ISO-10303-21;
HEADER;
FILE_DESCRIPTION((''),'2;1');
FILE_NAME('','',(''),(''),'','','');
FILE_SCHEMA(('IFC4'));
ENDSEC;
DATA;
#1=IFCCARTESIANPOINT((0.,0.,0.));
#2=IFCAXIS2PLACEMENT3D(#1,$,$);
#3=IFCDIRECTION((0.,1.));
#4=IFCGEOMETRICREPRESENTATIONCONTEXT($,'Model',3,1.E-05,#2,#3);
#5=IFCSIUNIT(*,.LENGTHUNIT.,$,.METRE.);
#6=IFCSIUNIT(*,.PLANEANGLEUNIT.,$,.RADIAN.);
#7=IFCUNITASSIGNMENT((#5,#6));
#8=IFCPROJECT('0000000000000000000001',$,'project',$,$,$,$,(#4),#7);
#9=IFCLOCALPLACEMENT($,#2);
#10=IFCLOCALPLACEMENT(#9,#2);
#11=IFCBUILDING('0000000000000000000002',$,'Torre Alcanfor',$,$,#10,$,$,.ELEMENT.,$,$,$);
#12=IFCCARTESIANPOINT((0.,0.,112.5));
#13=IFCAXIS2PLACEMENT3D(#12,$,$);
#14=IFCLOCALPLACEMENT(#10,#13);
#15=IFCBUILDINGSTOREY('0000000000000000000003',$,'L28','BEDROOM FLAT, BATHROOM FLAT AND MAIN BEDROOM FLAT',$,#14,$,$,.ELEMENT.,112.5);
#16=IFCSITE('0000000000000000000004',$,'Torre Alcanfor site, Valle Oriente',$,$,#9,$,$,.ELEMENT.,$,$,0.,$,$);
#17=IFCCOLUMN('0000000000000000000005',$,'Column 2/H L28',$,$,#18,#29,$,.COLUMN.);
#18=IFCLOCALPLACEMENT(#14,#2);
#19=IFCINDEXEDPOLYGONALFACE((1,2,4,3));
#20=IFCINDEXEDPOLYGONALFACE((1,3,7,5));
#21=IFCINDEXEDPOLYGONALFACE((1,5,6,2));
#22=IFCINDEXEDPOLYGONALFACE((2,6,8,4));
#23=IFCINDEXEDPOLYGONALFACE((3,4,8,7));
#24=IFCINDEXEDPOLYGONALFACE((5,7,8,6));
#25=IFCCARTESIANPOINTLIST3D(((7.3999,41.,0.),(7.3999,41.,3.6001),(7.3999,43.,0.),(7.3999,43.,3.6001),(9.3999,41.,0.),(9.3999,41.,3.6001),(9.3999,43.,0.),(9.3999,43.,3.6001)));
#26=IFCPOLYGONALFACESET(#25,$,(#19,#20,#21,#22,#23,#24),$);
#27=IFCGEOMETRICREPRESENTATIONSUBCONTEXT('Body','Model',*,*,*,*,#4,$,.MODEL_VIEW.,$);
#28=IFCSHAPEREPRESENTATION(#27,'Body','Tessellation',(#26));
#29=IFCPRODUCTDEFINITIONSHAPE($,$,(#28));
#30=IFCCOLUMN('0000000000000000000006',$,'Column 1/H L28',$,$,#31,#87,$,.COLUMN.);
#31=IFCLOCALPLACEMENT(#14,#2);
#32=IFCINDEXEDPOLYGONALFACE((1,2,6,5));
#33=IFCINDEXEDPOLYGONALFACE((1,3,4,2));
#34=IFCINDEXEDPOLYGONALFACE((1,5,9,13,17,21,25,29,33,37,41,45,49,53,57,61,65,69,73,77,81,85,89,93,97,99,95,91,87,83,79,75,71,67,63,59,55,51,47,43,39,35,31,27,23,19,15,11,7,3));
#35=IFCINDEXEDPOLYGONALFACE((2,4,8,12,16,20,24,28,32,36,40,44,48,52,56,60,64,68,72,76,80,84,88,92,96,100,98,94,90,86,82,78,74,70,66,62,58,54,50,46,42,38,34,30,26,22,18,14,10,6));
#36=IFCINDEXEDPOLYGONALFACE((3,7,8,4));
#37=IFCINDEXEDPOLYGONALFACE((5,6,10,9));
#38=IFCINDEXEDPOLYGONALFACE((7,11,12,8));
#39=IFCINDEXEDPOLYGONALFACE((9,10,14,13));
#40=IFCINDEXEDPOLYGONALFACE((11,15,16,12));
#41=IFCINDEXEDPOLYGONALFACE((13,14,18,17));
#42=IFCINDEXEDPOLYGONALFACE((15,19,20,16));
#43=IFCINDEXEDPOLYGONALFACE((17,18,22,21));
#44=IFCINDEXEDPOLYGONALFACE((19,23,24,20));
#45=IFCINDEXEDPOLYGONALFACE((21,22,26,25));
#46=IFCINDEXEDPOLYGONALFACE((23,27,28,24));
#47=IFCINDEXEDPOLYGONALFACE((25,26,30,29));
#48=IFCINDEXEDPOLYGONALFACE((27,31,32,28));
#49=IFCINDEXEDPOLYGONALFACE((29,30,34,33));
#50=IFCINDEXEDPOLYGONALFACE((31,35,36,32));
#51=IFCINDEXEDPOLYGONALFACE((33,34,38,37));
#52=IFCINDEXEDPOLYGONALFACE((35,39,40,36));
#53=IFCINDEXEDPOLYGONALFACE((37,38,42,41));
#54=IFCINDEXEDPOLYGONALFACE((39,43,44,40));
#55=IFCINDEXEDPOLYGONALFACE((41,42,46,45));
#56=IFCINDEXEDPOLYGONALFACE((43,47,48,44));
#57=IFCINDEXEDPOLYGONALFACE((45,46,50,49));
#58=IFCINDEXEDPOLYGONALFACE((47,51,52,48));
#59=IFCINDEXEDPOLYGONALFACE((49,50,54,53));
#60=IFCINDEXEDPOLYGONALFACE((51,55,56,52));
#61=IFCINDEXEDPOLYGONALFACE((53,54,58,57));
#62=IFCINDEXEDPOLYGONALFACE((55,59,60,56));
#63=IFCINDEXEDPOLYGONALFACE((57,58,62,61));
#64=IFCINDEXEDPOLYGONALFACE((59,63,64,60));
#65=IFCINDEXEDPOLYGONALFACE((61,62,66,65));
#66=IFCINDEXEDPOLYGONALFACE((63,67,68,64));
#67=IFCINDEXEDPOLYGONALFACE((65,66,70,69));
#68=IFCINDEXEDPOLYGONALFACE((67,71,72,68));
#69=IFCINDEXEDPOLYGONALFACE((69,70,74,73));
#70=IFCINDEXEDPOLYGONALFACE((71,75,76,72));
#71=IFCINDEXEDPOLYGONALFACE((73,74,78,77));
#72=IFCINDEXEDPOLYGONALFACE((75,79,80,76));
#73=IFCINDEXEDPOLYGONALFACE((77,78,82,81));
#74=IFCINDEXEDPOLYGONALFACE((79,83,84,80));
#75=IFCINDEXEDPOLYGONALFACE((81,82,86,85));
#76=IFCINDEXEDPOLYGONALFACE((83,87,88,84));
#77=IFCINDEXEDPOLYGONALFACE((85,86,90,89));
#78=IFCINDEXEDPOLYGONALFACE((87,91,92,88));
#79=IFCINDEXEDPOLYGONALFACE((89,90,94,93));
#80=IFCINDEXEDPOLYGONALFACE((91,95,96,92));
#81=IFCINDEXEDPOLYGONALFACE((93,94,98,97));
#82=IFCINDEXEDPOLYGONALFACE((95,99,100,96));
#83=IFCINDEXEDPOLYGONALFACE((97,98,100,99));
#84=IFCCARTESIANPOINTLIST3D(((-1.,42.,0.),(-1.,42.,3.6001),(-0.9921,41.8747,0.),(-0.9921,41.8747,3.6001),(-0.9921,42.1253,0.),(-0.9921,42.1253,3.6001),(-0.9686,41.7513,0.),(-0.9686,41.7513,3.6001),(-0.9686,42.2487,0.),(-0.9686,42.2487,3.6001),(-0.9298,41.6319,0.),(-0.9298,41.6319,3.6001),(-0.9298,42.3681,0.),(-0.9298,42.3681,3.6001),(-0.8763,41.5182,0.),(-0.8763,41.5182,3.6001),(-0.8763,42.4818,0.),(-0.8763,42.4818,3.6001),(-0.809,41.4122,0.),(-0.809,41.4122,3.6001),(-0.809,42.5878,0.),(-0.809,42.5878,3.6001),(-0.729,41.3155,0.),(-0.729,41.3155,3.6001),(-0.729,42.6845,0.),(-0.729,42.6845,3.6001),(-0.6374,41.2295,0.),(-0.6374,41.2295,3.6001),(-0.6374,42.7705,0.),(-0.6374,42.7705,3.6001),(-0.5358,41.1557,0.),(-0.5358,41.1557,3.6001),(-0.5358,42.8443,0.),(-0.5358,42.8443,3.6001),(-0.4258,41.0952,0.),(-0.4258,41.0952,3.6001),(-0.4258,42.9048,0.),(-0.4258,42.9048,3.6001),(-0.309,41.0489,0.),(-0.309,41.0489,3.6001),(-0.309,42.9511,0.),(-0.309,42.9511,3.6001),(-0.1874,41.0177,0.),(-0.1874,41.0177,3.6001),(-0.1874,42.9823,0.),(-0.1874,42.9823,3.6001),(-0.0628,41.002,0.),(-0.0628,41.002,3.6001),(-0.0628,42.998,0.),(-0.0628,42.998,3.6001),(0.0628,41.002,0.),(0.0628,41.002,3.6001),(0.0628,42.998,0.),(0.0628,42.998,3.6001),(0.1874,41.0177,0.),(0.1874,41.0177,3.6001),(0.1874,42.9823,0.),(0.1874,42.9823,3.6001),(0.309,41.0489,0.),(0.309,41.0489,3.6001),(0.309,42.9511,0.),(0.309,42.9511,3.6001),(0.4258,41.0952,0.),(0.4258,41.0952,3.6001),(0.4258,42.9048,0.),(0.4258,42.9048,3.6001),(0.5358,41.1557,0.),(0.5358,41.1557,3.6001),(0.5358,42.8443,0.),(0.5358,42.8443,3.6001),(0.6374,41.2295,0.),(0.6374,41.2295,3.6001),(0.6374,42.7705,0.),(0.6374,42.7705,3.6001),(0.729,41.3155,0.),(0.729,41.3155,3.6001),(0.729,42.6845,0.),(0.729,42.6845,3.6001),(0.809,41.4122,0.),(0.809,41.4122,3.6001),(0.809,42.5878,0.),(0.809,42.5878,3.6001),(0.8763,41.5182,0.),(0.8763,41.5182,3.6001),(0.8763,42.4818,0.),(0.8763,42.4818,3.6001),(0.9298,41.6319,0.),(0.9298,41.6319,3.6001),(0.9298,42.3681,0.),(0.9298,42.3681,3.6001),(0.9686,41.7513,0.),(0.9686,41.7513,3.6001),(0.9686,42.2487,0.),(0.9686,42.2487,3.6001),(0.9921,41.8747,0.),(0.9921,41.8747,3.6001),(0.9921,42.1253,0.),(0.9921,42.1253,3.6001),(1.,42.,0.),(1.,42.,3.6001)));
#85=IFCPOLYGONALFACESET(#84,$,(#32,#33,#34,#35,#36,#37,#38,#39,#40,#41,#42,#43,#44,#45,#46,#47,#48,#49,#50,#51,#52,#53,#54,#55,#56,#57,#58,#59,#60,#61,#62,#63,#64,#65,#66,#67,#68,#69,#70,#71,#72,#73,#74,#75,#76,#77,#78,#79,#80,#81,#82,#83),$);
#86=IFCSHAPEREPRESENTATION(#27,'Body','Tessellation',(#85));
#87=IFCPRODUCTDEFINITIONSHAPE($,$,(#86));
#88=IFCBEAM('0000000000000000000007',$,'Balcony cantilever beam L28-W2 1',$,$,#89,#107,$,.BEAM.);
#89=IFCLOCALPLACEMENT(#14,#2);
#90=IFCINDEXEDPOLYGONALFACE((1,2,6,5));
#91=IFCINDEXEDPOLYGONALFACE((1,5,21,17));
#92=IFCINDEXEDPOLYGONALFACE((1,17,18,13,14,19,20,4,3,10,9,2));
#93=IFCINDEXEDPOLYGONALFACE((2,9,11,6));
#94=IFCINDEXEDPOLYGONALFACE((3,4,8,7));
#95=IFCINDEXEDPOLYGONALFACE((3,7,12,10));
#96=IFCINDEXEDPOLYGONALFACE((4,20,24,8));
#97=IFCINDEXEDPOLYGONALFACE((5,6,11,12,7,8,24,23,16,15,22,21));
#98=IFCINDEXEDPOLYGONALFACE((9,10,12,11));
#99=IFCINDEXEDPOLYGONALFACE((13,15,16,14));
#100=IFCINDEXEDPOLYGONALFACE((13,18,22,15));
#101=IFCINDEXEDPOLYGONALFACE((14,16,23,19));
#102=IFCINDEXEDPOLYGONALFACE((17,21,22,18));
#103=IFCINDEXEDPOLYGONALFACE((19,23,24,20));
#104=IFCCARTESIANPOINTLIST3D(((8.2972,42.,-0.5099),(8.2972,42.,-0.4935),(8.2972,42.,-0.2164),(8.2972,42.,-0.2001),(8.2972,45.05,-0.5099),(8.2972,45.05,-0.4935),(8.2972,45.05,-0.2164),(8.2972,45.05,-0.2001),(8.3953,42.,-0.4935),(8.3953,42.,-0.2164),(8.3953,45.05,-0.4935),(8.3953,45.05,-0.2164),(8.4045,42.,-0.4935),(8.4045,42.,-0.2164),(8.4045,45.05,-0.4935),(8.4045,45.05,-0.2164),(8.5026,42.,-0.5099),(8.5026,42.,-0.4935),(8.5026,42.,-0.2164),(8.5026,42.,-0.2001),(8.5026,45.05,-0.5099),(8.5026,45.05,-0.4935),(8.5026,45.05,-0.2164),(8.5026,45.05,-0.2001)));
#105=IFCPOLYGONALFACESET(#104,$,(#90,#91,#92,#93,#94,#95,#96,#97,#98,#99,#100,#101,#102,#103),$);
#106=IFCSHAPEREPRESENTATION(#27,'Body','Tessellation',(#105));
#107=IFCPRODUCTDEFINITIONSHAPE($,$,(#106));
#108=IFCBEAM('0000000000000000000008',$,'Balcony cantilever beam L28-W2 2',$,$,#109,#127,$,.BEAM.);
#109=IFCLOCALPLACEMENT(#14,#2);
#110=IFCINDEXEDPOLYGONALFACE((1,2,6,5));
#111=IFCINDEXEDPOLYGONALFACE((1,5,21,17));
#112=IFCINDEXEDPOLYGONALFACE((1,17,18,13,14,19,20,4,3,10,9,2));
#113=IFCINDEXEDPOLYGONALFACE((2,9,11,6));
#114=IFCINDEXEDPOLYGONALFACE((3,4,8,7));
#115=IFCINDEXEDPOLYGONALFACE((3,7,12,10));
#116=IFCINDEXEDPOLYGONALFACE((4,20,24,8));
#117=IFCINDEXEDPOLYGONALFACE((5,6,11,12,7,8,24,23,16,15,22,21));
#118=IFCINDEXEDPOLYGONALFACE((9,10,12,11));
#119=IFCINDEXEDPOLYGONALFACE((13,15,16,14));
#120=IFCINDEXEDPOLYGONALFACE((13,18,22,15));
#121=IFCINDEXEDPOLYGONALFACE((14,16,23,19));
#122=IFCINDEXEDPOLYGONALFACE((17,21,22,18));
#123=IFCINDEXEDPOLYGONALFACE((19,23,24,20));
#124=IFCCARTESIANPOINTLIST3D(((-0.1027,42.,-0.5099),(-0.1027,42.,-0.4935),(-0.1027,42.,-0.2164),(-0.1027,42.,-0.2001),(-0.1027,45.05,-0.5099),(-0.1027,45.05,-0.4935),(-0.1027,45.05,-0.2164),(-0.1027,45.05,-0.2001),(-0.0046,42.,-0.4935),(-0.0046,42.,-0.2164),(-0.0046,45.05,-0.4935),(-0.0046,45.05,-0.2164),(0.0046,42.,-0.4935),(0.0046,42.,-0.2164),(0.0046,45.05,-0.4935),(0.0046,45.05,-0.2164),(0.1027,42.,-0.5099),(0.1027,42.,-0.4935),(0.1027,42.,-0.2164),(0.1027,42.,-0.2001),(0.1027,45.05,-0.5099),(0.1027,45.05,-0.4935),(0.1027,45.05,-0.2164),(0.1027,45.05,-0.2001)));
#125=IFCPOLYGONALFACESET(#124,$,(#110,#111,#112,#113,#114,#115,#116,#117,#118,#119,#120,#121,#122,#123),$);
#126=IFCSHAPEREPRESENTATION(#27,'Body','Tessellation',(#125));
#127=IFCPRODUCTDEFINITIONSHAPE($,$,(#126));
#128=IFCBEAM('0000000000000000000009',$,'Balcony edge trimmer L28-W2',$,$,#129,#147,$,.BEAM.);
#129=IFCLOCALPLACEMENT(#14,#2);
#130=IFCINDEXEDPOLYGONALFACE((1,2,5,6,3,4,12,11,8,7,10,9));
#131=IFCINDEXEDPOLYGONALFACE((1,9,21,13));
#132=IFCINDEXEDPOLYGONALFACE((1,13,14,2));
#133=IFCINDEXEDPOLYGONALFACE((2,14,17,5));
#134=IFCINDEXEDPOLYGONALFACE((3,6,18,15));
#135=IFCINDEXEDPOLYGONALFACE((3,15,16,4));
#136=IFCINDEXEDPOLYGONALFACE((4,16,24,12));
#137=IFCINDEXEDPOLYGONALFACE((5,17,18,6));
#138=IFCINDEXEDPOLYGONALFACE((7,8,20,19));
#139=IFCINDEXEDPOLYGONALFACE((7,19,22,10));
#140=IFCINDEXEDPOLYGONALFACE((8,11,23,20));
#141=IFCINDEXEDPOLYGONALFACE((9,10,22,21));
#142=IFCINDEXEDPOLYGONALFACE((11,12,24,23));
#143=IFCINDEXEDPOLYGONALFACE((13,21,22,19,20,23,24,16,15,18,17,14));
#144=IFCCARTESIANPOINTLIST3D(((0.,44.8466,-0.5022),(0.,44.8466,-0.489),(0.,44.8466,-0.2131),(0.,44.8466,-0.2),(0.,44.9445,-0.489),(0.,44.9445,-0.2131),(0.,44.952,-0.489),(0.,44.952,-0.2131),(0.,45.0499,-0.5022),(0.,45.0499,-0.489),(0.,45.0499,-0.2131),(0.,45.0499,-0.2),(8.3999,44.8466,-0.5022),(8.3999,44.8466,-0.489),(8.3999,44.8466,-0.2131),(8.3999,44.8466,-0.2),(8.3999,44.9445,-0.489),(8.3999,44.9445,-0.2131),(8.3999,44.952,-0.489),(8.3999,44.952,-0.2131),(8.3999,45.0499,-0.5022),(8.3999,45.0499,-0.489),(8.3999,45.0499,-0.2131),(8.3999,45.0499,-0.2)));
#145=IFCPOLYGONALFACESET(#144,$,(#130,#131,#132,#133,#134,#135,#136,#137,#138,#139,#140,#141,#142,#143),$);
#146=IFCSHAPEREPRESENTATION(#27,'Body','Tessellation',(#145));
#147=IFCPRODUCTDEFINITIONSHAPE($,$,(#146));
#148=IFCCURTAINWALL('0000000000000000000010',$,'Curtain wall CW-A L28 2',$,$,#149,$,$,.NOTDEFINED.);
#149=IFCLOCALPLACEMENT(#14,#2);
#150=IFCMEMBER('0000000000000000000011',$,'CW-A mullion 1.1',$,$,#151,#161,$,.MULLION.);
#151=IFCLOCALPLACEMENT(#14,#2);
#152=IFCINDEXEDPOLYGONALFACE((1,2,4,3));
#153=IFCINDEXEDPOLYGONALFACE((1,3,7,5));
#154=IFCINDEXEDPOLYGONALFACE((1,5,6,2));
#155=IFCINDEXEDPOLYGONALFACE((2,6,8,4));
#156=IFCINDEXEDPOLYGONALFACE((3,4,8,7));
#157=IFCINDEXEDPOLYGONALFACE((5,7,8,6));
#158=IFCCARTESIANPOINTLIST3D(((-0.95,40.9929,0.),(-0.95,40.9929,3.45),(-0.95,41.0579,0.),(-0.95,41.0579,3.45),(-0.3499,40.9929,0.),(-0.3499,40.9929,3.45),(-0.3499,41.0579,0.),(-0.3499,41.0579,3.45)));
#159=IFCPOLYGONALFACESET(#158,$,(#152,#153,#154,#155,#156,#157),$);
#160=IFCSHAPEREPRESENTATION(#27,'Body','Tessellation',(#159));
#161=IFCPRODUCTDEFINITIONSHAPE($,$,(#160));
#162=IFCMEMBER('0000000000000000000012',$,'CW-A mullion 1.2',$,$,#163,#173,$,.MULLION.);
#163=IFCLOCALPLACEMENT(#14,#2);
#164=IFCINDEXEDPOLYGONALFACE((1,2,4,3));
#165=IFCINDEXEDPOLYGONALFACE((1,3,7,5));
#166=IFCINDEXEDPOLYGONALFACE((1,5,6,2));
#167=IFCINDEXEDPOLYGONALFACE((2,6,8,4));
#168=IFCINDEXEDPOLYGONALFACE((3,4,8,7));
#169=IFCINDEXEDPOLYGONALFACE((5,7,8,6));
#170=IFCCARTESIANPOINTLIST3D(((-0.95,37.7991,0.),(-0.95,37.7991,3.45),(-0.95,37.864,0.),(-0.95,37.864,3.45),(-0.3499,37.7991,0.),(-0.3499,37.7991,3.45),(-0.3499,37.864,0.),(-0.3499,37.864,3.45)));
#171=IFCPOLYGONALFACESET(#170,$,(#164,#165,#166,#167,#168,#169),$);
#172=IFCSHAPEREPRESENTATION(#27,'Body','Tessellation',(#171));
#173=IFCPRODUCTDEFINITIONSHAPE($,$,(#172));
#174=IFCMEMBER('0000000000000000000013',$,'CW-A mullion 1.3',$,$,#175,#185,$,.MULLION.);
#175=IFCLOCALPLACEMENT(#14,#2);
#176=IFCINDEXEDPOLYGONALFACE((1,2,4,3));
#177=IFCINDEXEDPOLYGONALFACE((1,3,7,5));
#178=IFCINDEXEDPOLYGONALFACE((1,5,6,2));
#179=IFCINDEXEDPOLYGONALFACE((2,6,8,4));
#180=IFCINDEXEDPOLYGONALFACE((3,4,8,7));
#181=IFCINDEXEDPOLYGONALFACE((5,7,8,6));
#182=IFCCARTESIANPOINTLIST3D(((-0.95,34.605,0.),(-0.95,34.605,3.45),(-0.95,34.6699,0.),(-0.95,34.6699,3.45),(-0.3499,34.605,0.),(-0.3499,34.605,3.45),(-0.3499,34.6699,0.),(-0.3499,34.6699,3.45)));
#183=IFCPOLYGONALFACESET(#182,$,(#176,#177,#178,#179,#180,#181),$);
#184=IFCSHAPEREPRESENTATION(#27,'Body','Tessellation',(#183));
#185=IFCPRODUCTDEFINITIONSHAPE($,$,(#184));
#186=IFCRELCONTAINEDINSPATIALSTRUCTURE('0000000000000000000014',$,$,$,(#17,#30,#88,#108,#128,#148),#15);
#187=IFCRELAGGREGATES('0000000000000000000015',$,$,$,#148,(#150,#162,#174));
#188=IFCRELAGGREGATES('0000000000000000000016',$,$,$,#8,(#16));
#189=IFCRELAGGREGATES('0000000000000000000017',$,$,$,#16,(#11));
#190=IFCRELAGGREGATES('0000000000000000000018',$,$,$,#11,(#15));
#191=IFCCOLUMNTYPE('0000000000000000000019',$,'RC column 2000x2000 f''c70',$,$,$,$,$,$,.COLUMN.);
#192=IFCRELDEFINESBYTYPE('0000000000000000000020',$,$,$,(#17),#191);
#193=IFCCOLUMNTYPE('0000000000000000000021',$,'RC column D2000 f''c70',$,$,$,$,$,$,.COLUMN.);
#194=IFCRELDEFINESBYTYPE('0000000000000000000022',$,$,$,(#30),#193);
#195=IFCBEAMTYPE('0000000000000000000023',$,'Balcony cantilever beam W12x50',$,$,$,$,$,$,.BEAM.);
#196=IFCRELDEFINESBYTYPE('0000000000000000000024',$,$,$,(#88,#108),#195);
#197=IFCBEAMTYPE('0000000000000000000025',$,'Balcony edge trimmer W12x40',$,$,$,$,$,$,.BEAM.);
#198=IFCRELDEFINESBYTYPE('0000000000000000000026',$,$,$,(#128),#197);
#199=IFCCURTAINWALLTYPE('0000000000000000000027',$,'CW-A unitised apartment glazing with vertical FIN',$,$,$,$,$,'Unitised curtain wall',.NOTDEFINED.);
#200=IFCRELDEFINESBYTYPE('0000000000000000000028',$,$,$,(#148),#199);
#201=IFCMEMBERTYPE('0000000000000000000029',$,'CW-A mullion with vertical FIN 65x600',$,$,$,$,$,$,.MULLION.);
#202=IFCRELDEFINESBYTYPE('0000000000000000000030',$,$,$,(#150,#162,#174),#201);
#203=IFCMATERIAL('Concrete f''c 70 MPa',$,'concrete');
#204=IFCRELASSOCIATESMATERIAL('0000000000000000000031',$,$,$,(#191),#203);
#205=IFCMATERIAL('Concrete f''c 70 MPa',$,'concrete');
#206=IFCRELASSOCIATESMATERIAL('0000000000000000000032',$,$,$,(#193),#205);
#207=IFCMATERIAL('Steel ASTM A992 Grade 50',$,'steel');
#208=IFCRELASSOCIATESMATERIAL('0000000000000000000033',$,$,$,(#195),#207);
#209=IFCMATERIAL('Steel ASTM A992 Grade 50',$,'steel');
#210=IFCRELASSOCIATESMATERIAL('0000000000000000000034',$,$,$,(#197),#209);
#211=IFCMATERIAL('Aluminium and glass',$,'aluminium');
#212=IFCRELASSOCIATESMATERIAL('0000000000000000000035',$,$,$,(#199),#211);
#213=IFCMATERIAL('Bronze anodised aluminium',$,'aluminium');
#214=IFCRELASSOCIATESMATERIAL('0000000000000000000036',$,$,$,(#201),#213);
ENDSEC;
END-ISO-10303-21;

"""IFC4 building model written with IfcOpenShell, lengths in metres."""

from ifc_helpers import new_model, si_unit, direction, frame, origin, origin_2d, place, context, subcontext, project, spatial, rectangle, circle, i_section, extrude, material, material_profile, profile_set, type_object, element, aggregate, save


model = new_model("IFC4")

# Units and contexts
model_context = context("Model", 3, precision=1e-05, world=origin(), true_north=direction((0.0, 1.0)))
body_context = subcontext(model_context, "Body", "Model", "MODEL_VIEW")
ifc_project = project(units=[si_unit("LENGTHUNIT", "METRE"), si_unit("PLANEANGLEUNIT", "RADIAN")], contexts=[model_context])

# Site, building, storey
site_placement = place(None, origin())
site = spatial("IfcSite", under=ifc_project, at=site_placement, Name="Torre Alcanfor site, Valle Oriente", CompositionType="ELEMENT", RefElevation=0.0)
building_placement = place(site_placement, origin())
building = spatial("IfcBuilding", under=site, at=building_placement, Name="Torre Alcanfor", CompositionType="ELEMENT")
storey_placement = place(building_placement, frame((0.0, 0.0, 112.5)))
storey = spatial("IfcBuildingStorey", under=building, at=storey_placement, Name="L28", Description="BEDROOM FLAT, BATHROOM FLAT AND MAIN BEDROOM FLAT", CompositionType="ELEMENT", Elevation=112.5)

# Columns
ifc_material_1 = material(Name="Concrete f'c 70 MPa", Category="concrete")
ifc_material_profile_1 = material_profile(ifc_material_1, rectangle(XDim=2.0, YDim=2.0, at=origin_2d()), Name="2000x2000")
ifc_profile_set_1 = profile_set([ifc_material_profile_1], Name="Concrete f'c 70 MPa")
column_type_1 = type_object("IfcColumnType", Name="RC column 2000x2000 f'c70", PredefinedType="COLUMN", material=ifc_profile_set_1)
column_1_placement = place(storey_placement, frame((8.3999, 42.0, 0.0), z_axis=(0.0, 0.0, 1.0), x_axis=(1.0, 0.0, 0.0)))
element("IfcColumn", 1, at=column_1_placement, inside=storey, type_object=column_type_1, Name="Column 2/H L28", PredefinedType="COLUMN", context=body_context, shape_type="SweptSolid", body=[
    extrude(rectangle(XDim=2.0, YDim=2.0, at=origin_2d()), origin(), (0.0, 0.0, 1.0), 3.6001),
])
ifc_material_2 = material(Name="Concrete f'c 70 MPa", Category="concrete")
ifc_material_profile_2 = material_profile(ifc_material_2, circle(Radius=1.0, at=origin_2d()), Name="D2000")
ifc_profile_set_2 = profile_set([ifc_material_profile_2], Name="Concrete f'c 70 MPa")
column_type_2 = type_object("IfcColumnType", Name="RC column D2000 f'c70", PredefinedType="COLUMN", material=ifc_profile_set_2)
column_2_placement = place(storey_placement, frame((0.0, 42.0, 0.0), z_axis=(0.0, 0.0, 1.0), x_axis=(1.0, 0.0, 0.0)))
element("IfcColumn", 2, at=column_2_placement, inside=storey, type_object=column_type_2, Name="Column 1/H L28", PredefinedType="COLUMN", context=body_context, shape_type="SweptSolid", body=[
    extrude(circle(Radius=1.0, at=origin_2d()), origin(), (0.0, 0.0, 1.0), 3.6001),
])

# Beams
ifc_material_3 = material(Name="Steel ASTM A992 Grade 50", Category="steel")
ifc_material_profile_3 = material_profile(ifc_material_3, i_section(OverallWidth=0.2053, OverallDepth=0.3098, WebThickness=0.0093, FlangeThickness=0.0164, at=origin_2d()), Name="W12x50")
ifc_profile_set_3 = profile_set([ifc_material_profile_3], Name="Steel ASTM A992 Grade 50")
beam_type_1 = type_object("IfcBeamType", Name="Balcony cantilever beam W12x50", PredefinedType="BEAM", material=ifc_profile_set_3)
for number, where, z_axis, x_axis, name in (
    (3, (8.3999, 42.0, -0.355), (0.0, 1.0, 0.0), (-1.0, 0.0, 0.0), "Balcony cantilever beam L28-W2 1"),
    (4, (0.0, 42.0, -0.355), (0.0, 1.0, 0.0), (-1.0, 0.0, 0.0), "Balcony cantilever beam L28-W2 2"),
):
    element("IfcBeam", number, at=place(storey_placement, frame(where, z_axis=z_axis, x_axis=x_axis)), inside=storey, type_object=beam_type_1, Name=name, PredefinedType="BEAM", context=body_context, shape_type="SweptSolid", body=[
        extrude(i_section(OverallWidth=0.2053, OverallDepth=0.3098, WebThickness=0.0093, FlangeThickness=0.0164, at=origin_2d()), origin(), (0.0, 0.0, 1.0), 3.05),
    ])
ifc_material_4 = material(Name="Steel ASTM A992 Grade 50", Category="steel")
ifc_material_profile_4 = material_profile(ifc_material_4, i_section(OverallWidth=0.2034, OverallDepth=0.3022, WebThickness=0.0076, FlangeThickness=0.0132, at=origin_2d()), Name="W12x40")
ifc_profile_set_4 = profile_set([ifc_material_profile_4], Name="Steel ASTM A992 Grade 50")
beam_type_2 = type_object("IfcBeamType", Name="Balcony edge trimmer W12x40", PredefinedType="BEAM", material=ifc_profile_set_4)
beam_1_placement = place(storey_placement, frame((8.3999, 44.9482, -0.3511), z_axis=(-1.0, 0.0, 0.0), x_axis=(0.0, -1.0, 0.0)))
element("IfcBeam", 5, at=beam_1_placement, inside=storey, type_object=beam_type_2, Name="Balcony edge trimmer L28-W2", PredefinedType="BEAM", context=body_context, shape_type="SweptSolid", body=[
    extrude(i_section(OverallWidth=0.2034, OverallDepth=0.3022, WebThickness=0.0076, FlangeThickness=0.0132, at=origin_2d()), origin(), (0.0, 0.0, 1.0), 8.3999),
])

# Curtain wall, members
ifc_material_5 = material(Name="Aluminium and glass", Category="aluminium")
curtain_wall_type = type_object("IfcCurtainWallType", Name="CW-A unitised apartment glazing with vertical FIN", ElementType="Unitised curtain wall", PredefinedType="NOTDEFINED", material=ifc_material_5)
curtain_wall_placement = place(storey_placement, origin())
curtain_wall = element("IfcCurtainWall", 6, at=curtain_wall_placement, inside=storey, type_object=curtain_wall_type, Name="Curtain wall CW-A L28 2", PredefinedType="NOTDEFINED")
ifc_material_6 = material(Name="Bronze anodised aluminium", Category="aluminium")
ifc_material_profile_5 = material_profile(ifc_material_6, rectangle(XDim=0.6001, YDim=0.0649, at=origin_2d()), Name="CW-A mullion 65x600")
ifc_profile_set_5 = profile_set([ifc_material_profile_5], Name="Bronze anodised aluminium")
member_type_1 = type_object("IfcMemberType", Name="CW-A mullion with vertical FIN 65x600", PredefinedType="MULLION", material=ifc_profile_set_5)
member_1_placement = place(storey_placement, frame((-0.6499, 41.0254, 0.0), z_axis=(0.0, 0.0, 1.0), x_axis=(1.0, 0.0, 0.0)))
member_1 = element("IfcMember", 7, at=member_1_placement, type_object=member_type_1, Name="CW-A mullion 1.1", PredefinedType="MULLION", context=body_context, shape_type="SweptSolid", body=[
    extrude(rectangle(XDim=0.6001, YDim=0.0649, at=origin_2d()), origin(), (0.0, 0.0, 1.0), 3.45),
])
member_2_placement = place(storey_placement, frame((-0.6499, 37.8315, 0.0), z_axis=(0.0, 0.0, 1.0), x_axis=(1.0, 0.0, 0.0)))
member_2 = element("IfcMember", 8, at=member_2_placement, type_object=member_type_1, Name="CW-A mullion 1.2", PredefinedType="MULLION", context=body_context, shape_type="SweptSolid", body=[
    extrude(rectangle(XDim=0.6001, YDim=0.0649, at=origin_2d()), origin(), (0.0, 0.0, 1.0), 3.45),
])
member_3_placement = place(storey_placement, frame((-0.6499, 34.6375, 0.0), z_axis=(0.0, 0.0, 1.0), x_axis=(1.0, 0.0, 0.0)))
member_3 = element("IfcMember", 9, at=member_3_placement, type_object=member_type_1, Name="CW-A mullion 1.3", PredefinedType="MULLION", context=body_context, shape_type="SweptSolid", body=[
    extrude(rectangle(XDim=0.6001, YDim=0.0649, at=origin_2d()), origin(), (0.0, 0.0, 1.0), 3.45),
])

aggregate(curtain_wall, [member_1, member_2, member_3])

save(model, "model.ifc")
